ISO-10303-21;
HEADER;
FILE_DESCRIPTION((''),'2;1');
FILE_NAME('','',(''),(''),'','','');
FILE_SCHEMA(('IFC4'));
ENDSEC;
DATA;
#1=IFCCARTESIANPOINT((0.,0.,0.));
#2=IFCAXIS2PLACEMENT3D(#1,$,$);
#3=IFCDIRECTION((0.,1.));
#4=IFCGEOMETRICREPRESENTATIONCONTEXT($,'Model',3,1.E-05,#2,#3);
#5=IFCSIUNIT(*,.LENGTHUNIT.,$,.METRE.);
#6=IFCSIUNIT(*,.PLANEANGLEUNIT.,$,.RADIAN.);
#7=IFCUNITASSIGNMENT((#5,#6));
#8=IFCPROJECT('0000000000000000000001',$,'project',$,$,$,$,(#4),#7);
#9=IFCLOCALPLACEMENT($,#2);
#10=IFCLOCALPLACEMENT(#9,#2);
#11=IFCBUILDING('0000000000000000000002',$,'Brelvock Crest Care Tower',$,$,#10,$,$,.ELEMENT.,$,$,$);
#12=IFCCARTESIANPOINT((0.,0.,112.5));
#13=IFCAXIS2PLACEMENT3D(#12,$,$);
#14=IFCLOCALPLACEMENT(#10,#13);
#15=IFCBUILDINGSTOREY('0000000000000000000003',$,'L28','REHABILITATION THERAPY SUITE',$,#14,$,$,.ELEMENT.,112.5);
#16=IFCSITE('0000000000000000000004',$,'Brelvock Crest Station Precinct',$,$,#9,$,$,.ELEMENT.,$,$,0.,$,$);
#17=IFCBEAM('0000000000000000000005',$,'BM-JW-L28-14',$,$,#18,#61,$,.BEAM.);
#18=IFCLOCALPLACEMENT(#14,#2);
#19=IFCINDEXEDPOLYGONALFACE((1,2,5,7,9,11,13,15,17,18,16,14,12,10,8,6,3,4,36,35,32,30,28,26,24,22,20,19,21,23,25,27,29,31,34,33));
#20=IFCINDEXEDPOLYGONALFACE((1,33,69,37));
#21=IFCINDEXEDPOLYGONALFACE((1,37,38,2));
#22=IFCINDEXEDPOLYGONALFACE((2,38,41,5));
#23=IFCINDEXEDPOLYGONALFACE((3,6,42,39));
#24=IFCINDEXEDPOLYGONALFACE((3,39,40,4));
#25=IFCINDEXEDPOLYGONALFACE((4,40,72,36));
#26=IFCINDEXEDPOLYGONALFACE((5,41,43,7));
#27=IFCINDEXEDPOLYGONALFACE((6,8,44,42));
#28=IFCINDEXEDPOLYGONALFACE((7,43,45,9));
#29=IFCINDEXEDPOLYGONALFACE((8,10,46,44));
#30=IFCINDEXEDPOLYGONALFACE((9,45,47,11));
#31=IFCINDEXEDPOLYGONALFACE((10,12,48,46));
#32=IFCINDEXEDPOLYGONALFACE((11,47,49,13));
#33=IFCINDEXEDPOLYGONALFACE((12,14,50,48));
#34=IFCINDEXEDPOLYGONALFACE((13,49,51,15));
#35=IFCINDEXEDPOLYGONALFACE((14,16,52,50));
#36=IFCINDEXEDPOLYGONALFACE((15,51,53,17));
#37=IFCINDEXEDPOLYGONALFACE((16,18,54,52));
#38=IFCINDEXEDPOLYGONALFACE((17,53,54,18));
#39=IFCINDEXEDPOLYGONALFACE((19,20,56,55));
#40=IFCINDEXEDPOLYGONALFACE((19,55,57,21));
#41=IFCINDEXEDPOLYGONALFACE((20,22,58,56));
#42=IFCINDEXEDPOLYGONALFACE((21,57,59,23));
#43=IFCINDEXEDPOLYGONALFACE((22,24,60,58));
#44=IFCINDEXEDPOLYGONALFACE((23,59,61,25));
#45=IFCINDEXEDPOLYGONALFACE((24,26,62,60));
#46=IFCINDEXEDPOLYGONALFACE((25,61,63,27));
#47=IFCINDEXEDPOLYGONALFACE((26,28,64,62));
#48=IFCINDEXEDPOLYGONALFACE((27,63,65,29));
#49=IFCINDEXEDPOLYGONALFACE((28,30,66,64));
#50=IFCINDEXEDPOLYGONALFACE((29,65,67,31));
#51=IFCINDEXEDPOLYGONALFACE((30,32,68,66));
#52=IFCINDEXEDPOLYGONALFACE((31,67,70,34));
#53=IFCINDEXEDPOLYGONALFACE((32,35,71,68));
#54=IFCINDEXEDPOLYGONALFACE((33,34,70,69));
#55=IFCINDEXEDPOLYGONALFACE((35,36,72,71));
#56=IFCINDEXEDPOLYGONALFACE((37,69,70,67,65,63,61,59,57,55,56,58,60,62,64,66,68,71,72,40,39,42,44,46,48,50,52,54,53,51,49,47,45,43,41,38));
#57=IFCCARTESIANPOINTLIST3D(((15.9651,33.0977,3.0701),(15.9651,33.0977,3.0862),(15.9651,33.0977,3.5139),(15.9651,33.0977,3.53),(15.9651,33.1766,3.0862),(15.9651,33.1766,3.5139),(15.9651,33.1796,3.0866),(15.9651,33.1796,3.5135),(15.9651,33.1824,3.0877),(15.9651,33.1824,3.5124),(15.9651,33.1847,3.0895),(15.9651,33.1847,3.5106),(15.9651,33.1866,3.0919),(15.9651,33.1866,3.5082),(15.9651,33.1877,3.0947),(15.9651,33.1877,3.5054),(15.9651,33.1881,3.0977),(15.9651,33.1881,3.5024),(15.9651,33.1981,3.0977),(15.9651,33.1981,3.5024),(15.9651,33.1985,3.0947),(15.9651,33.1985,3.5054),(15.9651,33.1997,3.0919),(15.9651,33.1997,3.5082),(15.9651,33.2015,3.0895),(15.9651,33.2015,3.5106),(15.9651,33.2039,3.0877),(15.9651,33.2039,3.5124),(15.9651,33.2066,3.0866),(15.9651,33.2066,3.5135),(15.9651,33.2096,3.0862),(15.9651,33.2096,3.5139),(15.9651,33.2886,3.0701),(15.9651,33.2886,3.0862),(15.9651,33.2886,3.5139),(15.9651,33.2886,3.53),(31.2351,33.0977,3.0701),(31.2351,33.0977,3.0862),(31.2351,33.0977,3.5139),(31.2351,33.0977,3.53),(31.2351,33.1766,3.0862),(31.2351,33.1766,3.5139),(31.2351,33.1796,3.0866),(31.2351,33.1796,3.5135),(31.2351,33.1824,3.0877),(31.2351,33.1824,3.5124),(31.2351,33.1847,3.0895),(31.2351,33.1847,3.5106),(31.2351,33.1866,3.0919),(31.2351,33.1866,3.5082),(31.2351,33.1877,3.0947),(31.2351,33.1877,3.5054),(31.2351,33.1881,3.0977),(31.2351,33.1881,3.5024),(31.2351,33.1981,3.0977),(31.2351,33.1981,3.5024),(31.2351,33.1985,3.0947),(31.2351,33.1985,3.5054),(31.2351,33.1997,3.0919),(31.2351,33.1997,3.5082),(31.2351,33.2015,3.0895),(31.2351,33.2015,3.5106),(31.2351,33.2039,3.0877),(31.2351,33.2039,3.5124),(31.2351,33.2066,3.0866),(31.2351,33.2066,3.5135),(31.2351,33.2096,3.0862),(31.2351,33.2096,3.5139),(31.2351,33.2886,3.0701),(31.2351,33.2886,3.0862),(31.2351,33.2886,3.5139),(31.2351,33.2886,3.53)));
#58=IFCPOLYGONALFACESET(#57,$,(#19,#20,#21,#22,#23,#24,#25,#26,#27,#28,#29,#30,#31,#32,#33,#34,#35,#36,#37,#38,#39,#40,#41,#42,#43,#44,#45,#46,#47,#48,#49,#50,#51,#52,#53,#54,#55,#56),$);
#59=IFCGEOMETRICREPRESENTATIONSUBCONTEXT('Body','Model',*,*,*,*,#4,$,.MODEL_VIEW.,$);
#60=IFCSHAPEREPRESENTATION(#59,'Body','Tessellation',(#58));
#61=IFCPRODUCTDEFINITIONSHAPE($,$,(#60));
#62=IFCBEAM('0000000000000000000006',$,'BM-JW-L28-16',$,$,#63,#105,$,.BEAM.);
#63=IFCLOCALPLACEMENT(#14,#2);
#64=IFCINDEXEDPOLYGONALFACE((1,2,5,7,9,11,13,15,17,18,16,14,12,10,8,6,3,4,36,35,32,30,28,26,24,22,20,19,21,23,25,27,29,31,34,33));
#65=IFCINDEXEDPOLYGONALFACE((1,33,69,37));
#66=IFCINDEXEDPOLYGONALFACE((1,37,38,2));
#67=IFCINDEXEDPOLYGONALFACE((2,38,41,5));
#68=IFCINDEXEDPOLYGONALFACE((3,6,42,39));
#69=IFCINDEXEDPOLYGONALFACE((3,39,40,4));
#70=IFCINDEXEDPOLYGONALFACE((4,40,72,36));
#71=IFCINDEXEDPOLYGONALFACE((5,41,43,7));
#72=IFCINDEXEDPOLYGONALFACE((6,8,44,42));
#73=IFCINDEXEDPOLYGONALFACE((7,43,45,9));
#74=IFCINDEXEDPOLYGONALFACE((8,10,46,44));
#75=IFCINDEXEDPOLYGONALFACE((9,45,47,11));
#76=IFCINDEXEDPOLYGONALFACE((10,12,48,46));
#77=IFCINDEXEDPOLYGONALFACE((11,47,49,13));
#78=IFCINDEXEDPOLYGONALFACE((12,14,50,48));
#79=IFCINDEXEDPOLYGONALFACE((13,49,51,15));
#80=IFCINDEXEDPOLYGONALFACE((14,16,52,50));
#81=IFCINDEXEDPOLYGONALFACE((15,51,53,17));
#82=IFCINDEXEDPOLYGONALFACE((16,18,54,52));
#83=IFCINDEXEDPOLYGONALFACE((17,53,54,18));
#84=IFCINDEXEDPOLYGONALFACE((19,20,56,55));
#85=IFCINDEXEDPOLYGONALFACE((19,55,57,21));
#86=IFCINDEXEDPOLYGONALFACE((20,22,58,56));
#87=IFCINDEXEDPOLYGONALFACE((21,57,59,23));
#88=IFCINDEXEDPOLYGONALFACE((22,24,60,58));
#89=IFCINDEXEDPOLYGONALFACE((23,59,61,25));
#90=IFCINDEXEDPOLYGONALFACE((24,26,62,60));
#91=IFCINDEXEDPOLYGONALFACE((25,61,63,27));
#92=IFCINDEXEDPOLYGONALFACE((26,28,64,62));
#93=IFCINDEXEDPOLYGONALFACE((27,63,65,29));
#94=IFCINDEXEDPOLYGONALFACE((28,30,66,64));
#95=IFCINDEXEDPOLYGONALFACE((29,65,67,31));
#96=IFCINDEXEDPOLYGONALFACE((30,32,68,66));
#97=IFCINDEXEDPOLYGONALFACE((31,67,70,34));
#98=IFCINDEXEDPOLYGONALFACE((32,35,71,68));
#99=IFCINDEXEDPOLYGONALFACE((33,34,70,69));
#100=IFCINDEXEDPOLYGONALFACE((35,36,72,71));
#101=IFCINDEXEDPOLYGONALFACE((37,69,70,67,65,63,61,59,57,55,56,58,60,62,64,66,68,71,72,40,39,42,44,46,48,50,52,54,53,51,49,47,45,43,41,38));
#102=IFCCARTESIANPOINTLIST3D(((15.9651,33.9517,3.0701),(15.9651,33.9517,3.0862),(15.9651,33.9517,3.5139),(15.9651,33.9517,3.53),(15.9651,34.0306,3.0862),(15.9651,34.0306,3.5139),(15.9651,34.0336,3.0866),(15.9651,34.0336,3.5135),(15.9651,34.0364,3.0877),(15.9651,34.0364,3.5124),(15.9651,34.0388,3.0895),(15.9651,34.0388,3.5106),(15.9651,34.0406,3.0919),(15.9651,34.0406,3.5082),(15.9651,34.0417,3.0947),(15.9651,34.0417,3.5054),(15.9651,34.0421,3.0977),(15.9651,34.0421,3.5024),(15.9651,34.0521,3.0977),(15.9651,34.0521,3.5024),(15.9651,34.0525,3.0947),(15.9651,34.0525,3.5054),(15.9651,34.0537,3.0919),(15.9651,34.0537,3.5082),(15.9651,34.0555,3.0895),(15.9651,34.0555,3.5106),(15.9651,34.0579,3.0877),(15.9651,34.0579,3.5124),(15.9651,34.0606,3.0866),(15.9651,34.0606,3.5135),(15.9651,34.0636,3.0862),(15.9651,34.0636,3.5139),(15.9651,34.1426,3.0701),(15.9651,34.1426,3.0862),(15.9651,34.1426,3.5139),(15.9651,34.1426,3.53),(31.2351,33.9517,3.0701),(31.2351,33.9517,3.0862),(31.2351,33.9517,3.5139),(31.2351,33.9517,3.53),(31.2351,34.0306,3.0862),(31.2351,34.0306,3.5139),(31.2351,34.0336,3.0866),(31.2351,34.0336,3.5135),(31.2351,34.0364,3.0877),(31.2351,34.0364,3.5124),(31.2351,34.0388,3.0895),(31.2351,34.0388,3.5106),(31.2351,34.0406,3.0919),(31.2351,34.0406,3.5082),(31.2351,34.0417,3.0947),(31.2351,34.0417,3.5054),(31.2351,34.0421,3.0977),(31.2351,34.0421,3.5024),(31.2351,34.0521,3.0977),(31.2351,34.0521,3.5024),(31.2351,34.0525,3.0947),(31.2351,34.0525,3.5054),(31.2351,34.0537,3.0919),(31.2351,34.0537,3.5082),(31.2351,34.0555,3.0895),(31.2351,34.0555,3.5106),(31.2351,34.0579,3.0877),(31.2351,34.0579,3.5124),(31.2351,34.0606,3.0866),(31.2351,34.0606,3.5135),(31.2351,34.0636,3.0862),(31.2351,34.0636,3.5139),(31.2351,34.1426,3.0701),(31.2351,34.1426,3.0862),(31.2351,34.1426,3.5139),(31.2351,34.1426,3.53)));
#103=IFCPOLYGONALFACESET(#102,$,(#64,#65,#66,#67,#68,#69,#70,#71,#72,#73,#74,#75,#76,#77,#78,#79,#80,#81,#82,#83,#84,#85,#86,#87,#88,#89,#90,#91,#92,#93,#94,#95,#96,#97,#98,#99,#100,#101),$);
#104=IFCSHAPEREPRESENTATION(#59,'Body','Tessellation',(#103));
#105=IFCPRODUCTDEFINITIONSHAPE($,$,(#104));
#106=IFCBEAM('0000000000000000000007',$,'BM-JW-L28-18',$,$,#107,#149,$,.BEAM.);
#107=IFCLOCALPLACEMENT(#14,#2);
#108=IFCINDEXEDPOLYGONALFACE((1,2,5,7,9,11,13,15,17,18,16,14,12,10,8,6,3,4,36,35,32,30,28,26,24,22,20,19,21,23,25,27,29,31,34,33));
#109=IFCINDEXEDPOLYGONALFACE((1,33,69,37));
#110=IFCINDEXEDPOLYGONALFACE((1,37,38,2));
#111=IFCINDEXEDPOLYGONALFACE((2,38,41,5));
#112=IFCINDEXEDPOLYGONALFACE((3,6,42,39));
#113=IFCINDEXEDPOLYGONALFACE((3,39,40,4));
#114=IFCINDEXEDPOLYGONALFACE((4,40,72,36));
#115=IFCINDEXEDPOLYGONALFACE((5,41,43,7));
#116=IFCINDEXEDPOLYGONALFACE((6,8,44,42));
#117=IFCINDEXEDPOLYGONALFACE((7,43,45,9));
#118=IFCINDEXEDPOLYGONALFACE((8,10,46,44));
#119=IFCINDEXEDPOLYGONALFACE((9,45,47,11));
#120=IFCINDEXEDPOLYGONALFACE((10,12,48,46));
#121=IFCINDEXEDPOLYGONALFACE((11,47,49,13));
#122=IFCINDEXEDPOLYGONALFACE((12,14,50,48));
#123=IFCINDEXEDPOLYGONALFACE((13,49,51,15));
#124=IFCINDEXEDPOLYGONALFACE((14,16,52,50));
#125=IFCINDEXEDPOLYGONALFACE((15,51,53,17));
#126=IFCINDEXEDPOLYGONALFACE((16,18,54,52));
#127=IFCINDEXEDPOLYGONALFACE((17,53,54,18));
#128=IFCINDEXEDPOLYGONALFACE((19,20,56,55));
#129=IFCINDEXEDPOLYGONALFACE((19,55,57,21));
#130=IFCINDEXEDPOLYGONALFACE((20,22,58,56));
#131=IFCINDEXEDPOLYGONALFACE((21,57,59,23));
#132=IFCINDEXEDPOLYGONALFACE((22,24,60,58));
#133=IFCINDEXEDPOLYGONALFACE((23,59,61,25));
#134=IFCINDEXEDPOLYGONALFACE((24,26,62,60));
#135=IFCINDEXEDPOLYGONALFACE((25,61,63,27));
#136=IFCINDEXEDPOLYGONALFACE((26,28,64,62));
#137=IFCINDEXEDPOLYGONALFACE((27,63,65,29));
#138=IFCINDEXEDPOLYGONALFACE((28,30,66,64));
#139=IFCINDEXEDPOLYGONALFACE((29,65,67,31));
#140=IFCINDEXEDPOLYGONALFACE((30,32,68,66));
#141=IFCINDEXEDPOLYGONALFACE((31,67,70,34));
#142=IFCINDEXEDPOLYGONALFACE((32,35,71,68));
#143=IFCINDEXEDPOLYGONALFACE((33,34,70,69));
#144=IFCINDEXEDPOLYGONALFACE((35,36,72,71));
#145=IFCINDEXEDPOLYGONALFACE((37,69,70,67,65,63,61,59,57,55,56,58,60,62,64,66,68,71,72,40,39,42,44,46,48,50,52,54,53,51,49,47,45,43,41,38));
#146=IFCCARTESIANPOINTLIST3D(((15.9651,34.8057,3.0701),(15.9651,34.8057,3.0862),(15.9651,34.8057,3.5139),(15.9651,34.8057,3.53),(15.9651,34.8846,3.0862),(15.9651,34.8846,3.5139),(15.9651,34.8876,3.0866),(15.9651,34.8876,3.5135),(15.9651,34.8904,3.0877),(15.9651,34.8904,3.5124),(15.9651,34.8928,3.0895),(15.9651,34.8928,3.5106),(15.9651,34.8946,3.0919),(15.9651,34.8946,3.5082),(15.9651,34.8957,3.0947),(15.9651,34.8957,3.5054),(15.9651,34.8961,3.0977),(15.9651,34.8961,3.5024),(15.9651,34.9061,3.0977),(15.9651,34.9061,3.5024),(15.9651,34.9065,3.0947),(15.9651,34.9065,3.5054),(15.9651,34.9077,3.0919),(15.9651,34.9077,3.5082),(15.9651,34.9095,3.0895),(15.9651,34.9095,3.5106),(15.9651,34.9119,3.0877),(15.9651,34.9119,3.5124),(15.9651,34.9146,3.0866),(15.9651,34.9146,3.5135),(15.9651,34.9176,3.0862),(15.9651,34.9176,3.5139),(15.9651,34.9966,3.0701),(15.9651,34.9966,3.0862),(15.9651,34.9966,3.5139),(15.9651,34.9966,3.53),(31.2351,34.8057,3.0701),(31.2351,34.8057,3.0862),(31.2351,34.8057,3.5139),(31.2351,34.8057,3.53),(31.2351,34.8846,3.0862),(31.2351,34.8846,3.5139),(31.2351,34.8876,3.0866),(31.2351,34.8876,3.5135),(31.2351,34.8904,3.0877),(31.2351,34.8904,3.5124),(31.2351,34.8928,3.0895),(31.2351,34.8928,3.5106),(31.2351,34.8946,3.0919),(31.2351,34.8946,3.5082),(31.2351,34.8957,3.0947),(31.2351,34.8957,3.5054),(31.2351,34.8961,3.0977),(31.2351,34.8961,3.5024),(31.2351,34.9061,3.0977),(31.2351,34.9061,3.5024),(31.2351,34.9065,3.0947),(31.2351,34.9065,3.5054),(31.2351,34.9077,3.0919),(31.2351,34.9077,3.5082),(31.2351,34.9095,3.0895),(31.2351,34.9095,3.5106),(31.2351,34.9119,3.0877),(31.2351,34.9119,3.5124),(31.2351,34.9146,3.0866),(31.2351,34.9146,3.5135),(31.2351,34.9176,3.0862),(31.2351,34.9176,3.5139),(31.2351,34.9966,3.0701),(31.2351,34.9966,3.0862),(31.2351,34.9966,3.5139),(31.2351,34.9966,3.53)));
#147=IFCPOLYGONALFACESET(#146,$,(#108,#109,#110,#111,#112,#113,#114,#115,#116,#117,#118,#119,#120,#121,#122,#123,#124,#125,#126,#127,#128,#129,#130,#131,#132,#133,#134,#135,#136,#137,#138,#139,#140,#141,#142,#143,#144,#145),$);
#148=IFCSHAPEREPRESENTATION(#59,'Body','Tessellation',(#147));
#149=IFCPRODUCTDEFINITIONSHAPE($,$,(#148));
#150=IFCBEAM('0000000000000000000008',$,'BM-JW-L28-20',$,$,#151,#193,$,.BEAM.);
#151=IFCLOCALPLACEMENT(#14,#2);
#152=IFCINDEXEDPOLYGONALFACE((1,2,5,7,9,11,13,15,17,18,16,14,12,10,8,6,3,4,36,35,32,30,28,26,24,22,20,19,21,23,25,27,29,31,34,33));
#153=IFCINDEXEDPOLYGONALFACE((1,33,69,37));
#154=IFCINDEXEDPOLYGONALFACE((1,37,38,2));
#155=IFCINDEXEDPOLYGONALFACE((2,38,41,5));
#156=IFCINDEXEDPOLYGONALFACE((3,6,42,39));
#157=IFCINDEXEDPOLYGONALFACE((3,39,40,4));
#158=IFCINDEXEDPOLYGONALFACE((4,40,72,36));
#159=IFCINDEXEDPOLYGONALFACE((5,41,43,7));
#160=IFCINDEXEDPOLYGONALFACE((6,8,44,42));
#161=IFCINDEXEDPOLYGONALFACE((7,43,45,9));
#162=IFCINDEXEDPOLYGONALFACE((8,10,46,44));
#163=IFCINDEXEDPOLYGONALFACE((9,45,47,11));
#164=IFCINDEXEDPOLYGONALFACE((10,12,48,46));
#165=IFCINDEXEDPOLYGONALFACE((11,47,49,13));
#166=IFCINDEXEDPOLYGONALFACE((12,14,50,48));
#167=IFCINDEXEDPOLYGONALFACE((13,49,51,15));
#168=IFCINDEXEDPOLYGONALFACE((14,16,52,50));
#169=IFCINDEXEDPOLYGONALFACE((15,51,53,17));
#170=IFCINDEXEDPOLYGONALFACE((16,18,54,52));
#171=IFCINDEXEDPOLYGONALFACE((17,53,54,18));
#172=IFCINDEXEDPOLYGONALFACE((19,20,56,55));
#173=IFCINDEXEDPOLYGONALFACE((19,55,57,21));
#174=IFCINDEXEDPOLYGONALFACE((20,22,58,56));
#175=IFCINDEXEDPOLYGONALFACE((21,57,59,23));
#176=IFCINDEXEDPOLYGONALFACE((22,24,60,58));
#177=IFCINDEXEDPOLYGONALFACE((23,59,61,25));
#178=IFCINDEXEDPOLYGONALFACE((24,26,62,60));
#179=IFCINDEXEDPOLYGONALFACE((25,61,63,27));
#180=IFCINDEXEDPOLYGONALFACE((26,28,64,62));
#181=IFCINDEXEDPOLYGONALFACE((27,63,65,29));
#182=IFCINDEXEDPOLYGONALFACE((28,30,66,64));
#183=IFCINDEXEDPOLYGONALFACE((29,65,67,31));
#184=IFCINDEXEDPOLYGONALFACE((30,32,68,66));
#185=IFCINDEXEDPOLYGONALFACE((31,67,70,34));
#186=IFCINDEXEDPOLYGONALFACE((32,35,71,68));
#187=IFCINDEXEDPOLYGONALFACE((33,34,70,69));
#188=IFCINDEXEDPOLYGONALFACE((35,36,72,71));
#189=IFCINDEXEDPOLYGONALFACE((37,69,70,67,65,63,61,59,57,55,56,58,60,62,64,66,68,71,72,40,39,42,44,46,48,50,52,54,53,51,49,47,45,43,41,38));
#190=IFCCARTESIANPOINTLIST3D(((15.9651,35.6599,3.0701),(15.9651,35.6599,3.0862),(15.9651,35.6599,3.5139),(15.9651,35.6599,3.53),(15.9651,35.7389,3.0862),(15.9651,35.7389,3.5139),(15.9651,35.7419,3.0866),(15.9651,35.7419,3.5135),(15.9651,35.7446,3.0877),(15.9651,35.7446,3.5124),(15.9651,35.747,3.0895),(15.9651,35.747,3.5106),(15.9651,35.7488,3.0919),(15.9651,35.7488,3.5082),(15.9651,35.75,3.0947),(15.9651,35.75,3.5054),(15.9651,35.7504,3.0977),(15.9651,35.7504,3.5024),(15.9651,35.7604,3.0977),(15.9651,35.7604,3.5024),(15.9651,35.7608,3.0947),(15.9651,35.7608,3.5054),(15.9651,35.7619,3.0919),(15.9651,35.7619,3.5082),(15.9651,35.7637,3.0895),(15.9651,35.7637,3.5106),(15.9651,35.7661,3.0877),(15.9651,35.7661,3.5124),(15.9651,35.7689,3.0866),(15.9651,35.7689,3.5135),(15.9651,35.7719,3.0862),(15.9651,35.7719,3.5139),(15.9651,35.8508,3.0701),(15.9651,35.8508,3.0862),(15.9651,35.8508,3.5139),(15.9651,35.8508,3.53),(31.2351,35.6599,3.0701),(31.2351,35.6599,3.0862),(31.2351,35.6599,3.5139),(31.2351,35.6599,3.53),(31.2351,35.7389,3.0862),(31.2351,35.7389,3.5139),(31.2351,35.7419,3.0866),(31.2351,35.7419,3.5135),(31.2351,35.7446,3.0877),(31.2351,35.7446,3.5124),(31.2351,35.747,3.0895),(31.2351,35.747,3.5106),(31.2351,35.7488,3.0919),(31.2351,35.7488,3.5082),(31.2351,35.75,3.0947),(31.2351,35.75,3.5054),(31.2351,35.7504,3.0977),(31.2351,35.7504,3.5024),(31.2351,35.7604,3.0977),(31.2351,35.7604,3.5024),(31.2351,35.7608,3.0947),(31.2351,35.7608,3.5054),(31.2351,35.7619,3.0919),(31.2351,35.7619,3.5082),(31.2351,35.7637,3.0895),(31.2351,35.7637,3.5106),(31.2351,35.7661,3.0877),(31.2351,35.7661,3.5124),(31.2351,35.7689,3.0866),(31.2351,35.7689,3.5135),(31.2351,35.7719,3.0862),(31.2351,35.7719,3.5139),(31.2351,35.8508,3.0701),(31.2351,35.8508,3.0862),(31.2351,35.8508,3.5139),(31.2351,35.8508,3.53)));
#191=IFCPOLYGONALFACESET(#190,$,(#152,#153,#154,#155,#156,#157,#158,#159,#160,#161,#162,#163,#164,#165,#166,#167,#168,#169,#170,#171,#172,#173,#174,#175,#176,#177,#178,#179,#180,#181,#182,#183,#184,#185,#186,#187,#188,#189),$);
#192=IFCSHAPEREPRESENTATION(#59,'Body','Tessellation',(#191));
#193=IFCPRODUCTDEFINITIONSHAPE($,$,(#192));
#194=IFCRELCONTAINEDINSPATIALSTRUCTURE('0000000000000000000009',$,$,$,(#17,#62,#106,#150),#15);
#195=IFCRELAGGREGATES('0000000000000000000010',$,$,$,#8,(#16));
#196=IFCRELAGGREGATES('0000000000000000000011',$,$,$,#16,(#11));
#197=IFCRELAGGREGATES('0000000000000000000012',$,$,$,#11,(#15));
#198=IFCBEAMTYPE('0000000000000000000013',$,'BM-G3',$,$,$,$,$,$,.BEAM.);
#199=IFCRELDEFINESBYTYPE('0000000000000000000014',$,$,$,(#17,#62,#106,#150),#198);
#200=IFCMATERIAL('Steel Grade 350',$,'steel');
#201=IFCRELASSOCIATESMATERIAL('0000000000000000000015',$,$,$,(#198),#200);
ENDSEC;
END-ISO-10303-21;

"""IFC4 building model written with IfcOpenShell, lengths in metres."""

from ifc_helpers import new_model, si_unit, direction, frame, origin, origin_2d, place, context, subcontext, project, spatial, i_section, extrude, source, transform, mapped, material, material_profile, profile_set, type_object, element, save


model = new_model("IFC4")

# Units and contexts
model_context = context("Model", 3, precision=1e-05, world=origin(), true_north=direction((0.0, 1.0)))
body_context = subcontext(model_context, "Body", "Model", "MODEL_VIEW")
ifc_project = project(units=[si_unit("LENGTHUNIT", "METRE"), si_unit("PLANEANGLEUNIT", "RADIAN")], contexts=[model_context])

# Site, building, storey
site_placement = place(None, origin())
site = spatial("IfcSite", under=ifc_project, at=site_placement, Name="Brelvock Crest Station Precinct", CompositionType="ELEMENT", RefElevation=0.0)
building_placement = place(site_placement, origin())
building = spatial("IfcBuilding", under=site, at=building_placement, Name="Brelvock Crest Care Tower", CompositionType="ELEMENT")
storey_placement = place(building_placement, frame((0.0, 0.0, 112.5)))
storey = spatial("IfcBuildingStorey", under=building, at=storey_placement, Name="L28", Description="REHABILITATION THERAPY SUITE", CompositionType="ELEMENT", Elevation=112.5)

# Shared definitions
ifc_material_1 = material(Name="Steel Grade 350", Category="steel")

# Beams
ifc_material_profile_1 = material_profile(ifc_material_1, i_section(OverallWidth=0.1909, OverallDepth=0.46, WebThickness=0.01, FlangeThickness=0.0161, FilletRadius=0.0115, at=origin_2d()), Name="460UB82.1")
ifc_profile_set_1 = profile_set([ifc_material_profile_1], Name="Steel Grade 350")
beam_type_1 = type_object("IfcBeamType", Name="BM-G3", PredefinedType="BEAM", material=ifc_profile_set_1)
shared_shape_1 = source(origin(), body_context, "Body", "SweptSolid", [
    extrude(i_section(OverallWidth=0.1909, OverallDepth=0.46, WebThickness=0.01, FlangeThickness=0.0161, FilletRadius=0.0115, at=origin_2d()), origin(), (0.0, 0.0, 1.0), 15.27),
])
for number, where, z_axis, x_axis, name in (
    (1, (15.9651, 33.1931, 3.3), (1.0, 0.0, 0.0), (0.0, 1.0, 0.0), "BM-JW-L28-14"),
    (2, (15.9651, 34.0471, 3.3), (1.0, 0.0, 0.0), (0.0, 1.0, 0.0), "BM-JW-L28-16"),
    (3, (15.9651, 34.9011, 3.3), (1.0, 0.0, 0.0), (0.0, 1.0, 0.0), "BM-JW-L28-18"),
    (4, (15.9651, 35.7554, 3.3), (1.0, 0.0, 0.0), (0.0, 1.0, 0.0), "BM-JW-L28-20"),
):
    element("IfcBeam", number, at=place(storey_placement, frame(where, z_axis=z_axis, x_axis=x_axis)), inside=storey, type_object=beam_type_1, Name=name, PredefinedType="BEAM", context=body_context, shape_type="MappedRepresentation", body=[
        mapped(shared_shape_1, transform((0.0, 0.0, 0.0), x_axis=(1.0, 0.0, 0.0), y_axis=(0.0, 1.0, 0.0), z_axis=(0.0, 0.0, 1.0), scale=1.0)),
    ])

save(model, "model.ifc")
